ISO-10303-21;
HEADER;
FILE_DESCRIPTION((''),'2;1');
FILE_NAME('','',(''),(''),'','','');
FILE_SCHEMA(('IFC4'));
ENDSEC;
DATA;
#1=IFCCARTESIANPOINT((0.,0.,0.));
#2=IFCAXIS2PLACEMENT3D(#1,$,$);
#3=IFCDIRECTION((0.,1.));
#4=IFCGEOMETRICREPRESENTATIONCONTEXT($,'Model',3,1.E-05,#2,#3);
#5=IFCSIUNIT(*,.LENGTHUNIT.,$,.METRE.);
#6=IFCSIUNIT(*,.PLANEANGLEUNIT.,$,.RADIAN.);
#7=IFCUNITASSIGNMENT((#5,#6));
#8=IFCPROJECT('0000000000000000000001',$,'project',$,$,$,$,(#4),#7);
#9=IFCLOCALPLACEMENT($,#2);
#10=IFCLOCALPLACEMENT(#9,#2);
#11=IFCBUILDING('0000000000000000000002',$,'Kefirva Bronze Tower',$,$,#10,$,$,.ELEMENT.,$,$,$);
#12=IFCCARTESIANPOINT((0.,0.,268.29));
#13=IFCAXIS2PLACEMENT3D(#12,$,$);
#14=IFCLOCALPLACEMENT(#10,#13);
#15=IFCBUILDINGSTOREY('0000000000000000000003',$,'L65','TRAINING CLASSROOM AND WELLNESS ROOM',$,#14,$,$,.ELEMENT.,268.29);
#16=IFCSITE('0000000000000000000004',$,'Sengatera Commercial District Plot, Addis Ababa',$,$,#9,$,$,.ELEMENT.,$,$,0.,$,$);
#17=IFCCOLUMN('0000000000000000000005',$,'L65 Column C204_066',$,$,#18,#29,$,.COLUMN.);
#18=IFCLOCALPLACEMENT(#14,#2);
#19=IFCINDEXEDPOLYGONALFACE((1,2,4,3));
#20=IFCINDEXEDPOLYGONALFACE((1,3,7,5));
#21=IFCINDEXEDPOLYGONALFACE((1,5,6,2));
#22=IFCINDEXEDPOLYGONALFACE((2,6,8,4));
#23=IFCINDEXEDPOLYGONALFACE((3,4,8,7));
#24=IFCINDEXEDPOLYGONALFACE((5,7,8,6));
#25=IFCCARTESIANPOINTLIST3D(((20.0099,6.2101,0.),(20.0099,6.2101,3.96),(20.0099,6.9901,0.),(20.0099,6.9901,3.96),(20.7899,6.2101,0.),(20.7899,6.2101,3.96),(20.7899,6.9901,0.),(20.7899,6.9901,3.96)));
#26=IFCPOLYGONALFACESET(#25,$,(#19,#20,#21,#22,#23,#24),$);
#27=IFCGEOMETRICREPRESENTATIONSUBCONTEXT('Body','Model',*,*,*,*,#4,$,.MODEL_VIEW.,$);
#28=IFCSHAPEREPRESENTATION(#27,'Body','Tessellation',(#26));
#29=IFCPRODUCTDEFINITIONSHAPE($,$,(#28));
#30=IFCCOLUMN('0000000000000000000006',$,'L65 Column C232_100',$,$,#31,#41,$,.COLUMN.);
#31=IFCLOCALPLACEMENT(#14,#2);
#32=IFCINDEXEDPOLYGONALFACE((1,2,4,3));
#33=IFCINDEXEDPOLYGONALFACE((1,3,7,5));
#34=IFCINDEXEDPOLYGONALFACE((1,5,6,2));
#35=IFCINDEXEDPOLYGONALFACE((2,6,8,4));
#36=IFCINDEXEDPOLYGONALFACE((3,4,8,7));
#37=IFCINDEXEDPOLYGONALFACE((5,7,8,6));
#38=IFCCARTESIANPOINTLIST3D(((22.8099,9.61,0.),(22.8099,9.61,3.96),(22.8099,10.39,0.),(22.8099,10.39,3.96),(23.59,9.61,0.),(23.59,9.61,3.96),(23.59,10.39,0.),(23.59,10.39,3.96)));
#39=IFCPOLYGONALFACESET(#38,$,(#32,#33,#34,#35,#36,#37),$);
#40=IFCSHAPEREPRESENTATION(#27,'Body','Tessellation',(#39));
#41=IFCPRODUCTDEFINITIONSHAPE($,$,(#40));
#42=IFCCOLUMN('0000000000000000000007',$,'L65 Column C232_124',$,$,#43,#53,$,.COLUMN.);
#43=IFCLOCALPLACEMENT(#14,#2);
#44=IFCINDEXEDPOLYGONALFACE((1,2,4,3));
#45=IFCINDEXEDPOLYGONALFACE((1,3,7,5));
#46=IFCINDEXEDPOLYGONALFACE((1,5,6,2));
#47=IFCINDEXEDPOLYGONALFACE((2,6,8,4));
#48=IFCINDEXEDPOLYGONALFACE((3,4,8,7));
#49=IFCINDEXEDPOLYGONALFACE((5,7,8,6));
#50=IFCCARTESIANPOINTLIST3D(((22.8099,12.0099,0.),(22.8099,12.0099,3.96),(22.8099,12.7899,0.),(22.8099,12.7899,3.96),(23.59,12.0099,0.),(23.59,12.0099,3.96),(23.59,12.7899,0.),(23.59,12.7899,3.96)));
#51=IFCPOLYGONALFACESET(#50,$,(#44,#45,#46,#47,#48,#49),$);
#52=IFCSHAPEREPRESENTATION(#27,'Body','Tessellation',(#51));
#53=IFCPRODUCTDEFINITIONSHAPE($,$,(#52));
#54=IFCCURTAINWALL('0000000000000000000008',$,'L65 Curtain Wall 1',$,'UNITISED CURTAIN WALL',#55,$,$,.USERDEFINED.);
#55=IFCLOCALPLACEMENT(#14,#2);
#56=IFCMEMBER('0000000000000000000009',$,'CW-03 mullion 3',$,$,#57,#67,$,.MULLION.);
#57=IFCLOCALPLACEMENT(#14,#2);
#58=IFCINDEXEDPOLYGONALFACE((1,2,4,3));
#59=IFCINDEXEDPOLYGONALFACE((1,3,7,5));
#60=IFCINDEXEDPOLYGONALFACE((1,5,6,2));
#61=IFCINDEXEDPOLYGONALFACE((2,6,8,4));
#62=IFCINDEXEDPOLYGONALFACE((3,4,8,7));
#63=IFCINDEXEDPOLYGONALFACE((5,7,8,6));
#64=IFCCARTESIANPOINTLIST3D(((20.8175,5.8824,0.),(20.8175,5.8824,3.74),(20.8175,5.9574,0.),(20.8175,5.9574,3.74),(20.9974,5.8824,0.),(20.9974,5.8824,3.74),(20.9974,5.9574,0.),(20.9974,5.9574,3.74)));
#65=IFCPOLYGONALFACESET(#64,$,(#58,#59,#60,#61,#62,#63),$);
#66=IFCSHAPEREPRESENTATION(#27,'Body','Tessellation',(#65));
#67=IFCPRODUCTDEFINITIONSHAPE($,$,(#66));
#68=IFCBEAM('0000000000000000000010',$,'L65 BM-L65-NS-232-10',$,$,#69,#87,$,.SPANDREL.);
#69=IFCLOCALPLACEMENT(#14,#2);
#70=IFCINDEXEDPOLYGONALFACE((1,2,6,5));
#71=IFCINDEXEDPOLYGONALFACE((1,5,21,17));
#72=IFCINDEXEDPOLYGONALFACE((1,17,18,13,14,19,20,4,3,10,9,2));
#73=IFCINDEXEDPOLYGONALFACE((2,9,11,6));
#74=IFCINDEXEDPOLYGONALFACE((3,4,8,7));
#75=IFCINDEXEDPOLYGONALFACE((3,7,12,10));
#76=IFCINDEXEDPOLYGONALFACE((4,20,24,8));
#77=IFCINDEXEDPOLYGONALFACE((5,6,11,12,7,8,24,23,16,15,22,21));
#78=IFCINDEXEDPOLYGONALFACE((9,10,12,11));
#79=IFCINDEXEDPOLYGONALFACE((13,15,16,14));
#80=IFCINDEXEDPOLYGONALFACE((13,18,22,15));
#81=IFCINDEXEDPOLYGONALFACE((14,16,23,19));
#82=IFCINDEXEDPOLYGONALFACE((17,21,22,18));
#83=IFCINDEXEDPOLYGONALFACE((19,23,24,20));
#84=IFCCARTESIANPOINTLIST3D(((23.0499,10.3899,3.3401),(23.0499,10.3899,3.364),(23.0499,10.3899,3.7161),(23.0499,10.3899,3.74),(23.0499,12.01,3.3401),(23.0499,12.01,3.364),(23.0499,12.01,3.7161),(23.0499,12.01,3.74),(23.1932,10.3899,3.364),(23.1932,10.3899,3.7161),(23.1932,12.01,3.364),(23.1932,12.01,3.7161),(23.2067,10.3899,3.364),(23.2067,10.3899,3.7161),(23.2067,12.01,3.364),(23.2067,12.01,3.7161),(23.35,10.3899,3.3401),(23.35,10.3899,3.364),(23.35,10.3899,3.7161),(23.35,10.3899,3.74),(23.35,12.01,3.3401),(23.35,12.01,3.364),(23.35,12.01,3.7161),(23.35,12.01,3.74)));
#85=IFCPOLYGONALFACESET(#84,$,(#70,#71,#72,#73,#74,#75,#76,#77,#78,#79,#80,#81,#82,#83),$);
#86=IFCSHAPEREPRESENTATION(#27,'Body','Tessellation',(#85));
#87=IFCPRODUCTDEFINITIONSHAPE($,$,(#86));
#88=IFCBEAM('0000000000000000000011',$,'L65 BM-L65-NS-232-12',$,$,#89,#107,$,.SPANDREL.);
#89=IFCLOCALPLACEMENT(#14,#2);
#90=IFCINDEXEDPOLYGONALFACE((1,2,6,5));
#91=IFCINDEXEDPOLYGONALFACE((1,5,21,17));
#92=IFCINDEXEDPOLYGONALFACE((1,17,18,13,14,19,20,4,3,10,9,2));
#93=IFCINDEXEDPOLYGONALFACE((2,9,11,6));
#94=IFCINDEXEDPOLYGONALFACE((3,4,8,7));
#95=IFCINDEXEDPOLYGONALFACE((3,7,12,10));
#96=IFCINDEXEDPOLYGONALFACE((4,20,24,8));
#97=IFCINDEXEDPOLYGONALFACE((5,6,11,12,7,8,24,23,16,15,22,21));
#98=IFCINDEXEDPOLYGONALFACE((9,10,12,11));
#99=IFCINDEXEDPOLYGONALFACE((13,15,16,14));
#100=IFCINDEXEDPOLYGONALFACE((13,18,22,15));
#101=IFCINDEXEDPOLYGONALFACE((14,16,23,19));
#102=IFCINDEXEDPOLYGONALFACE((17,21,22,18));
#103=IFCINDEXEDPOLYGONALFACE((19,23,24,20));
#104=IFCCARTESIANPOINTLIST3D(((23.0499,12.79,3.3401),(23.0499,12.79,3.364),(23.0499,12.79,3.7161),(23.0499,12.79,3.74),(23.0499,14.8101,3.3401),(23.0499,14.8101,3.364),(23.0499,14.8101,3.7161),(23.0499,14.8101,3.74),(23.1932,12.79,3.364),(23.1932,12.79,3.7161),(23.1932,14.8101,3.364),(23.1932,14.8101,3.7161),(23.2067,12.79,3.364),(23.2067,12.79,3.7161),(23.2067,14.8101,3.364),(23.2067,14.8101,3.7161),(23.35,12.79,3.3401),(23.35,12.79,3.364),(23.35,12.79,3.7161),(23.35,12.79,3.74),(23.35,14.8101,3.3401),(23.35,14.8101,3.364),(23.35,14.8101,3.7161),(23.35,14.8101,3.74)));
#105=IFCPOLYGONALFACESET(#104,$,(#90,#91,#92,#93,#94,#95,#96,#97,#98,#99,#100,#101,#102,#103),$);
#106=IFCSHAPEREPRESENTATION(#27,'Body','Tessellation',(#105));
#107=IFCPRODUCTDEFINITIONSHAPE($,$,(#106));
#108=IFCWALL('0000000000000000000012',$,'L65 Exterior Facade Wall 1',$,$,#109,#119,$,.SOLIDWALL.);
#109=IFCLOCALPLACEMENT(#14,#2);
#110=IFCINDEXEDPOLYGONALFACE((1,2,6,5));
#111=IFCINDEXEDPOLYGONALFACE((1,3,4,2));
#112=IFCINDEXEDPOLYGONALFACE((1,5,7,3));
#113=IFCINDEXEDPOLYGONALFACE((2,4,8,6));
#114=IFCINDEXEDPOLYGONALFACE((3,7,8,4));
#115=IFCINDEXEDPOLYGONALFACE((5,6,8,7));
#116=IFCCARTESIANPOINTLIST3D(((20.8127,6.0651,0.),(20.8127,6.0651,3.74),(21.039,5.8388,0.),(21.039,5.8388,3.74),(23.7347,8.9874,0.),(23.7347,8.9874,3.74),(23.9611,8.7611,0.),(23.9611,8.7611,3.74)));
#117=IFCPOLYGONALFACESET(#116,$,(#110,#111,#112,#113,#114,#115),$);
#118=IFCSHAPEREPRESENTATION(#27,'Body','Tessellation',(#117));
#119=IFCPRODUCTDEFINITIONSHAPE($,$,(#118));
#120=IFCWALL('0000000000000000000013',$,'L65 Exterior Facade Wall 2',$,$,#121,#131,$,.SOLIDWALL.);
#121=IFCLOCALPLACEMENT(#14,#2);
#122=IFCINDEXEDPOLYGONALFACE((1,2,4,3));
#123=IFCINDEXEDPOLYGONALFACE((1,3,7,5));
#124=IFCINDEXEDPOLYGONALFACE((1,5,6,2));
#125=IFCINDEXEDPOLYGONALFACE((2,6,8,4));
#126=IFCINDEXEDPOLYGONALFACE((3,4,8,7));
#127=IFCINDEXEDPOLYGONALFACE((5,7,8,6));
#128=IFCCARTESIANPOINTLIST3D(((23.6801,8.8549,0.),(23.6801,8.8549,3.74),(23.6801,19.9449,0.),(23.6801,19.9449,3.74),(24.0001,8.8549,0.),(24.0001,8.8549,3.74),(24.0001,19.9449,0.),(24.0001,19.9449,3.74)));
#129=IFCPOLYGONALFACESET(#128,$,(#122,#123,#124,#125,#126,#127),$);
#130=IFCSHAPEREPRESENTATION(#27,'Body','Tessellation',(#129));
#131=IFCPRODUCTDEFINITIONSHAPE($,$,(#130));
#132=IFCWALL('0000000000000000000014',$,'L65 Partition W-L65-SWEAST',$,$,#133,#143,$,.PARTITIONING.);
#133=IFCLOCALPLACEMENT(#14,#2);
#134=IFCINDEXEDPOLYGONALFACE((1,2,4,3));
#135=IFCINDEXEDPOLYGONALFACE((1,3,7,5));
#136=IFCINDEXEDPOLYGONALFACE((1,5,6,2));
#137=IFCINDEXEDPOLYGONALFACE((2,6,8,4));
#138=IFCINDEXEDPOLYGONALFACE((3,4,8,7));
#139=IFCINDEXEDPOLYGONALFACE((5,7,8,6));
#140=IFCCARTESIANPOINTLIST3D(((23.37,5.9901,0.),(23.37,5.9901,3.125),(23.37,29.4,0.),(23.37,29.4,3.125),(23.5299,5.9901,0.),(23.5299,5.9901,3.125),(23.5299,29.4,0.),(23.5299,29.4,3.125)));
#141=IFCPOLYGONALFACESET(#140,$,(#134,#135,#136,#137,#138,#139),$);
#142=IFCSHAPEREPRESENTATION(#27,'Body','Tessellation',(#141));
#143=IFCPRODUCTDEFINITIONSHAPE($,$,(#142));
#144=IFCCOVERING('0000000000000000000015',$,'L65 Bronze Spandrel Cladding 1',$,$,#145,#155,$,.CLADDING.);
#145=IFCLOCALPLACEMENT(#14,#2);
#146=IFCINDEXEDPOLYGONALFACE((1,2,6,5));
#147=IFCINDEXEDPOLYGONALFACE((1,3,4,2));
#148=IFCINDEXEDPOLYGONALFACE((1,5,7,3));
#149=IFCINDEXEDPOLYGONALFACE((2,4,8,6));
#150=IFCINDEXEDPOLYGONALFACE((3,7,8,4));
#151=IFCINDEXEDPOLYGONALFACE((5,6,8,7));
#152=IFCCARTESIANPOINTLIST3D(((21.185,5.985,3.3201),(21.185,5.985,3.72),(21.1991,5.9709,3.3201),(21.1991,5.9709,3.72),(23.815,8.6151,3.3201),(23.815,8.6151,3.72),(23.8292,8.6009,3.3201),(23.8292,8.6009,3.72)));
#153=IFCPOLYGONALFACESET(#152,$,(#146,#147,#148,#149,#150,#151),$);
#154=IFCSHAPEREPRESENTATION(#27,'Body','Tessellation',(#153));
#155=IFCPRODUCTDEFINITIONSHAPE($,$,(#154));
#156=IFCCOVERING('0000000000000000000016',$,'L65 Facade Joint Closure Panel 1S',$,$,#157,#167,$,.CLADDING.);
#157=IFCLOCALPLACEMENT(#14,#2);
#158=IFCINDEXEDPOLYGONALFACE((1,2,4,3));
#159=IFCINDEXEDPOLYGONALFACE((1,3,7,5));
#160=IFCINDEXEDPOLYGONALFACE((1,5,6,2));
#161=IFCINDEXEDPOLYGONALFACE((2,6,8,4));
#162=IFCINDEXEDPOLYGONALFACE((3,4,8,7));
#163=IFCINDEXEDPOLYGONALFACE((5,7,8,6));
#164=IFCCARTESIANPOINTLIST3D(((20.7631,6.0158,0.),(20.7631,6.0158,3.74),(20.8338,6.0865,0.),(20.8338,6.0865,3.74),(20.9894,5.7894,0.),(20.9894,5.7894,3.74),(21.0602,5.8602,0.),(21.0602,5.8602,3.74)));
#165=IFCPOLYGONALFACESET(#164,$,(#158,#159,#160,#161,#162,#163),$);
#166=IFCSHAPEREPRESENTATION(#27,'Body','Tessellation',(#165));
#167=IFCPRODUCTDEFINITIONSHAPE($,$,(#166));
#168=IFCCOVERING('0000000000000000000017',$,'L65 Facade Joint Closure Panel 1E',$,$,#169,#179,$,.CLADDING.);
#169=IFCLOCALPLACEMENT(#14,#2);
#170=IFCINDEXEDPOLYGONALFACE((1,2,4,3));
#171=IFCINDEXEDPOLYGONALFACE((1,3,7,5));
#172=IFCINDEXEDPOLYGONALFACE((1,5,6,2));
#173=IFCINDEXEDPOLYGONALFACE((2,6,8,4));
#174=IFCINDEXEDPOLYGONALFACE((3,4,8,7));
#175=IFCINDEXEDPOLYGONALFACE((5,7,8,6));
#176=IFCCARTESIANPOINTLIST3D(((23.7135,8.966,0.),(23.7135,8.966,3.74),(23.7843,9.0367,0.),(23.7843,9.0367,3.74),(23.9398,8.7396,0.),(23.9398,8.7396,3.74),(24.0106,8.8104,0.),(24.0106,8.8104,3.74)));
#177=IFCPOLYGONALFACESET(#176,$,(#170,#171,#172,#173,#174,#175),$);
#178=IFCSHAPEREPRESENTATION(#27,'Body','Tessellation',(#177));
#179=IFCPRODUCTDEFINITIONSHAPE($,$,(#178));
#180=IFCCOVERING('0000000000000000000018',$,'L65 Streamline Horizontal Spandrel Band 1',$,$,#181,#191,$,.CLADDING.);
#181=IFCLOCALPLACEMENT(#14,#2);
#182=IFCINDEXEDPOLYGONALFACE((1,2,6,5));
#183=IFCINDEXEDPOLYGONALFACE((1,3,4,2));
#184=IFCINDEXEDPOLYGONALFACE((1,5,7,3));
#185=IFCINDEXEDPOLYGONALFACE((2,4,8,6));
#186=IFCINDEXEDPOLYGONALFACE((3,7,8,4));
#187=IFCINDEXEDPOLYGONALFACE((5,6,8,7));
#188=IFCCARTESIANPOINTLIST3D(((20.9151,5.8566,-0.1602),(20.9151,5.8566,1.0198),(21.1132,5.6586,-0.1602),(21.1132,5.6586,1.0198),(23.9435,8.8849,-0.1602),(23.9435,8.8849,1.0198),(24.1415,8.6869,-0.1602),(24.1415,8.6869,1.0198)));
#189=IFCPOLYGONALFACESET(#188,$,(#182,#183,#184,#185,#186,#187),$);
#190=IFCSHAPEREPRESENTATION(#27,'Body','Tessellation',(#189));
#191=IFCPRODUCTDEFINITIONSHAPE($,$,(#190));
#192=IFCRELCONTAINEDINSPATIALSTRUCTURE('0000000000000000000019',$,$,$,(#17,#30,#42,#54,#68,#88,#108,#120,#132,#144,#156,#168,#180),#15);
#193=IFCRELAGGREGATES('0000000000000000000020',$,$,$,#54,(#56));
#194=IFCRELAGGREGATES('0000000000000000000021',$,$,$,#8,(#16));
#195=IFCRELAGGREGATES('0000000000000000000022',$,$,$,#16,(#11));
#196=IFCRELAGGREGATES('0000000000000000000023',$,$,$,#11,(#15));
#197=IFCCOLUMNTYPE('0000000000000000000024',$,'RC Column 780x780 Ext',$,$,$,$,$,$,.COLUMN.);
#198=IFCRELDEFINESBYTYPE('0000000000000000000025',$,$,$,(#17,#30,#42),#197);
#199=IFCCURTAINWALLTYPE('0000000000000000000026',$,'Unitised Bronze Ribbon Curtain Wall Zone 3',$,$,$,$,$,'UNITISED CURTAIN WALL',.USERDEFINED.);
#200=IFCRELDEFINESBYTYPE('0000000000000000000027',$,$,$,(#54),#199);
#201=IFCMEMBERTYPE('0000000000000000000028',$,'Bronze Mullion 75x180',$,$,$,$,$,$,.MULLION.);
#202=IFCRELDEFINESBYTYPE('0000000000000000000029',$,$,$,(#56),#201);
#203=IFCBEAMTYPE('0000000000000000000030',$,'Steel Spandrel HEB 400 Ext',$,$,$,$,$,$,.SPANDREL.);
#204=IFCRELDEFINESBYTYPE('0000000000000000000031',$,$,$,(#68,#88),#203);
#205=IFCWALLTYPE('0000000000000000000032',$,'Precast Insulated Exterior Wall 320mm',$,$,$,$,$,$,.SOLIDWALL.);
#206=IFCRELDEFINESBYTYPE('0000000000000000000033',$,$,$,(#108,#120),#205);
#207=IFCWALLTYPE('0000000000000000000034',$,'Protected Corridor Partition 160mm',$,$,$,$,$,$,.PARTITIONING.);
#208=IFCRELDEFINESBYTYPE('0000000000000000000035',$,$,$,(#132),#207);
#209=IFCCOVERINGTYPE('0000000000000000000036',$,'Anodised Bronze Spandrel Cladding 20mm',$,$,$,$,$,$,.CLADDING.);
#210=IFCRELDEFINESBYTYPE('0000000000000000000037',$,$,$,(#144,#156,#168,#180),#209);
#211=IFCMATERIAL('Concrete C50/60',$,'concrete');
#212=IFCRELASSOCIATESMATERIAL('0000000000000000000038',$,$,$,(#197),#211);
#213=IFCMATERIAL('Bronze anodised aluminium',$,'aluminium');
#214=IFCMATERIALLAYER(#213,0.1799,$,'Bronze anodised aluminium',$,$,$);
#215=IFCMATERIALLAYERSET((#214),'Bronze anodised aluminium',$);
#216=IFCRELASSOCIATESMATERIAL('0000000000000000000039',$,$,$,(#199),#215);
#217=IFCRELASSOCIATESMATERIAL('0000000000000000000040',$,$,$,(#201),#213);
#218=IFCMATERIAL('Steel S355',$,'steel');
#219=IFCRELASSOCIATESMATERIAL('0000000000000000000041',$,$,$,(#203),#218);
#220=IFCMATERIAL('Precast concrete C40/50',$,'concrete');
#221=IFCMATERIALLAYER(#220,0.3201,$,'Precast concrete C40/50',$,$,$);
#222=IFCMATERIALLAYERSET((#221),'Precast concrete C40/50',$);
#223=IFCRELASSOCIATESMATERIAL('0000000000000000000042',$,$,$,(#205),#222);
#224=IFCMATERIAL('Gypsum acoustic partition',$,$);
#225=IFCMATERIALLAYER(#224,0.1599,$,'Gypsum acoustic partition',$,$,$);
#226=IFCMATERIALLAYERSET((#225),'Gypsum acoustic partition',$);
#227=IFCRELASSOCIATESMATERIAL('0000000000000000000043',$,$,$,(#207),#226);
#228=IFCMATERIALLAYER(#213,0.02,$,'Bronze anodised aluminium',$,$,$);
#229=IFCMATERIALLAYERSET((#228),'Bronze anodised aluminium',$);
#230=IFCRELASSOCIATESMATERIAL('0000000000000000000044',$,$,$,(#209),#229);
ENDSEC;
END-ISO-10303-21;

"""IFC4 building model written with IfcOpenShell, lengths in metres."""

from ifc_helpers import new_model, si_unit, direction, frame, frame_2d, origin, origin_2d, place, context, subcontext, project, spatial, rectangle, i_section, extrude, material, layer, layer_set, material_profile, profile_set, type_object, element, aggregate, save


model = new_model("IFC4")

# Units and contexts
model_context = context("Model", 3, precision=1e-05, world=origin(), true_north=direction((0.0, 1.0)))
body_context = subcontext(model_context, "Body", "Model", "MODEL_VIEW")
ifc_project = project(units=[si_unit("LENGTHUNIT", "METRE"), si_unit("PLANEANGLEUNIT", "RADIAN")], contexts=[model_context])

# Site, building, storey
site_placement = place(None, origin())
site = spatial("IfcSite", under=ifc_project, at=site_placement, Name="Sengatera Commercial District Plot, Addis Ababa", CompositionType="ELEMENT", RefElevation=0.0)
building_placement = place(site_placement, origin())
building = spatial("IfcBuilding", under=site, at=building_placement, Name="Kefirva Bronze Tower", CompositionType="ELEMENT")
storey_placement = place(building_placement, frame((0.0, 0.0, 268.29)))
storey = spatial("IfcBuildingStorey", under=building, at=storey_placement, Name="L65", Description="TRAINING CLASSROOM AND WELLNESS ROOM", CompositionType="ELEMENT", Elevation=268.29)

# Columns
ifc_material_1 = material(Name="Concrete C50/60", Category="concrete")
ifc_material_profile_1 = material_profile(ifc_material_1, rectangle(XDim=0.78, YDim=0.78, at=origin_2d()), Name="RC 780x780")
ifc_profile_set_1 = profile_set([ifc_material_profile_1], Name="Concrete C50/60")
column_type = type_object("IfcColumnType", Name="RC Column 780x780 Ext", PredefinedType="COLUMN", material=ifc_profile_set_1)
for number, where, z_axis, x_axis, name in (
    (1, (20.3999, 6.6001, 0.0), (0.0, 0.0, 1.0), (1.0, 0.0, 0.0), "L65 Column C204_066"),
    (2, (23.2, 10.0, 0.0), (0.0, 0.0, 1.0), (1.0, 0.0, 0.0), "L65 Column C232_100"),
    (3, (23.2, 12.3999, 0.0), (0.0, 0.0, 1.0), (1.0, 0.0, 0.0), "L65 Column C232_124"),
):
    element("IfcColumn", number, at=place(storey_placement, frame(where, z_axis=z_axis, x_axis=x_axis)), inside=storey, type_object=column_type, Name=name, PredefinedType="COLUMN", context=body_context, shape_type="SweptSolid", body=[
        extrude(rectangle(XDim=0.78, YDim=0.78, at=origin_2d()), origin(), (0.0, 0.0, 1.0), 3.96),
    ])

# Curtain wall, member
ifc_material_2 = material(Name="Bronze anodised aluminium", Category="aluminium")
ifc_layer_1 = layer(ifc_material_2, 0.1799, Name="Bronze anodised aluminium")
ifc_layer_set_1 = layer_set([ifc_layer_1], Name="Bronze anodised aluminium")
curtain_wall_type = type_object("IfcCurtainWallType", Name="Unitised Bronze Ribbon Curtain Wall Zone 3", ElementType="UNITISED CURTAIN WALL", PredefinedType="USERDEFINED", material=ifc_layer_set_1)
curtain_wall_placement = place(storey_placement, origin())
curtain_wall = element("IfcCurtainWall", 4, at=curtain_wall_placement, inside=storey, type_object=curtain_wall_type, Name="L65 Curtain Wall 1", ObjectType="UNITISED CURTAIN WALL", PredefinedType="USERDEFINED")
ifc_material_profile_2 = material_profile(ifc_material_2, rectangle(XDim=0.075, YDim=0.1799, at=origin_2d()), Name="ALU 75x180")
ifc_profile_set_2 = profile_set([ifc_material_profile_2], Name="Bronze anodised aluminium")
member_type = type_object("IfcMemberType", Name="Bronze Mullion 75x180", PredefinedType="MULLION", material=ifc_profile_set_2)
member_placement = place(storey_placement, frame((20.9075, 5.9199, 0.0), z_axis=(0.0, 0.0, 1.0), x_axis=(0.0, 1.0, 0.0)))
member = element("IfcMember", 5, at=member_placement, type_object=member_type, Name="CW-03 mullion 3", PredefinedType="MULLION", context=body_context, shape_type="SweptSolid", body=[
    extrude(rectangle(XDim=0.075, YDim=0.1799, at=origin_2d()), origin(), (0.0, 0.0, 1.0), 3.74),
])
aggregate(curtain_wall, [member])

# Beams
ifc_material_3 = material(Name="Steel S355", Category="steel")
ifc_material_profile_3 = material_profile(ifc_material_3, i_section(OverallWidth=0.3, OverallDepth=0.3999, WebThickness=0.0134, FlangeThickness=0.0239, at=origin_2d()), Name="HEB 400")
ifc_profile_set_3 = profile_set([ifc_material_profile_3], Name="Steel S355")
beam_type = type_object("IfcBeamType", Name="Steel Spandrel HEB 400 Ext", PredefinedType="SPANDREL", material=ifc_profile_set_3)
beam_1_placement = place(storey_placement, frame((23.2, 10.3899, 3.54), z_axis=(0.0, 1.0, 0.0), x_axis=(-1.0, 0.0, 0.0)))
element("IfcBeam", 6, at=beam_1_placement, inside=storey, type_object=beam_type, Name="L65 BM-L65-NS-232-10", PredefinedType="SPANDREL", context=body_context, shape_type="SweptSolid", body=[
    extrude(i_section(OverallWidth=0.3, OverallDepth=0.3999, WebThickness=0.0134, FlangeThickness=0.0239, at=origin_2d()), origin(), (0.0, 0.0, 1.0), 1.6201),
])
beam_2_placement = place(storey_placement, frame((23.2, 12.79, 3.54), z_axis=(0.0, 1.0, 0.0), x_axis=(-1.0, 0.0, 0.0)))
element("IfcBeam", 7, at=beam_2_placement, inside=storey, type_object=beam_type, Name="L65 BM-L65-NS-232-12", PredefinedType="SPANDREL", context=body_context, shape_type="SweptSolid", body=[
    extrude(i_section(OverallWidth=0.3, OverallDepth=0.3999, WebThickness=0.0134, FlangeThickness=0.0239, at=origin_2d()), origin(), (0.0, 0.0, 1.0), 2.02),
])

# Walls
ifc_material_4 = material(Name="Precast concrete C40/50", Category="concrete")
ifc_layer_2 = layer(ifc_material_4, 0.3201, Name="Precast concrete C40/50")
ifc_layer_set_2 = layer_set([ifc_layer_2], Name="Precast concrete C40/50")
wall_type_1 = type_object("IfcWallType", Name="Precast Insulated Exterior Wall 320mm", PredefinedType="SOLIDWALL", material=ifc_layer_set_2)
wall_1_placement = place(storey_placement, frame((20.9258, 5.9519, 0.0), z_axis=(0.0, 0.0, 1.0), x_axis=(0.707077, 0.707136, 0.0)))
element("IfcWall", 8, at=wall_1_placement, inside=storey, type_object=wall_type_1, Name="L65 Exterior Facade Wall 1", PredefinedType="SOLIDWALL", context=body_context, shape_type="SweptSolid", body=[
    extrude(rectangle(XDim=4.1326, YDim=0.3201, at=frame_2d((2.0664, 0.0))), origin(), (0.0, 0.0, 1.0), 3.74),
])
wall_2_placement = place(storey_placement, frame((23.8401, 8.855, 0.0), z_axis=(0.0, 0.0, 1.0), x_axis=(0.0, 1.0, 0.0)))
element("IfcWall", 9, at=wall_2_placement, inside=storey, type_object=wall_type_1, Name="L65 Exterior Facade Wall 2", PredefinedType="SOLIDWALL", context=body_context, shape_type="SweptSolid", body=[
    extrude(rectangle(XDim=11.0901, YDim=0.3201, at=frame_2d((5.5449, 0.0))), origin(), (0.0, 0.0, 1.0), 3.74),
])
ifc_material_5 = material(Name="Gypsum acoustic partition")
ifc_layer_3 = layer(ifc_material_5, 0.1599, Name="Gypsum acoustic partition")
ifc_layer_set_3 = layer_set([ifc_layer_3], Name="Gypsum acoustic partition")
wall_type_2 = type_object("IfcWallType", Name="Protected Corridor Partition 160mm", PredefinedType="PARTITIONING", material=ifc_layer_set_3)
wall_3_placement = place(storey_placement, frame((23.45, 5.99, 0.0), z_axis=(0.0, 0.0, 1.0), x_axis=(0.0, 1.0, 0.0)))
element("IfcWall", 10, at=wall_3_placement, inside=storey, type_object=wall_type_2, Name="L65 Partition W-L65-SWEAST", PredefinedType="PARTITIONING", context=body_context, shape_type="SweptSolid", body=[
    extrude(rectangle(XDim=23.4099, YDim=0.1599, at=frame_2d((11.7051, 0.0))), origin(), (0.0, 0.0, 1.0), 3.125),
])

# Coverings
ifc_layer_4 = layer(ifc_material_2, 0.02, Name="Bronze anodised aluminium")
ifc_layer_set_4 = layer_set([ifc_layer_4], Name="Bronze anodised aluminium")
covering_type_1 = type_object("IfcCoveringType", Name="Anodised Bronze Spandrel Cladding 20mm", PredefinedType="CLADDING", material=ifc_layer_set_4)
covering_1_placement = place(storey_placement, frame((22.5071, 7.293, 3.3201), z_axis=(0.0, 0.0, 1.0), x_axis=(0.707107, 0.707107, 0.0)))
element("IfcCovering", 11, at=covering_1_placement, inside=storey, type_object=covering_type_1, Name="L65 Bronze Spandrel Cladding 1", PredefinedType="CLADDING", context=body_context, shape_type="SweptSolid", body=[
    extrude(rectangle(XDim=3.7195, YDim=0.02, at=origin_2d()), origin(), (0.0, 0.0, 1.0), 0.3999),
])
for number, where, z_axis, x_axis, name in (
    (12, (20.9116, 5.938, 0.0), (0.0, 0.0, 1.0), (0.707107, 0.707107, 0.0), "L65 Facade Joint Closure Panel 1S"),
    (13, (23.8621, 8.8882, 0.0), (0.0, 0.0, 1.0), (0.707107, 0.707107, 0.0), "L65 Facade Joint Closure Panel 1E"),
):
    element("IfcCovering", number, at=place(storey_placement, frame(where, z_axis=z_axis, x_axis=x_axis)), inside=storey, type_object=covering_type_1, Name=name, PredefinedType="CLADDING", context=body_context, shape_type="SweptSolid", body=[
        extrude(rectangle(XDim=0.1001, YDim=0.3201, at=origin_2d()), origin(), (0.0, 0.0, 1.0), 3.74),
    ])
covering_2_placement = place(storey_placement, frame((22.5283, 7.2717, -0.1602), z_axis=(0.0, 0.0, 1.0), x_axis=(0.707107, 0.707107, 0.0)))
element("IfcCovering", 14, at=covering_2_placement, inside=storey, type_object=covering_type_1, Name="L65 Streamline Horizontal Spandrel Band 1", PredefinedType="CLADDING", context=body_context, shape_type="SweptSolid", body=[
    extrude(rectangle(XDim=4.2827, YDim=0.28, at=origin_2d()), origin(), (0.0, 0.0, 1.0), 1.1799),
])

save(model, "model.ifc")
